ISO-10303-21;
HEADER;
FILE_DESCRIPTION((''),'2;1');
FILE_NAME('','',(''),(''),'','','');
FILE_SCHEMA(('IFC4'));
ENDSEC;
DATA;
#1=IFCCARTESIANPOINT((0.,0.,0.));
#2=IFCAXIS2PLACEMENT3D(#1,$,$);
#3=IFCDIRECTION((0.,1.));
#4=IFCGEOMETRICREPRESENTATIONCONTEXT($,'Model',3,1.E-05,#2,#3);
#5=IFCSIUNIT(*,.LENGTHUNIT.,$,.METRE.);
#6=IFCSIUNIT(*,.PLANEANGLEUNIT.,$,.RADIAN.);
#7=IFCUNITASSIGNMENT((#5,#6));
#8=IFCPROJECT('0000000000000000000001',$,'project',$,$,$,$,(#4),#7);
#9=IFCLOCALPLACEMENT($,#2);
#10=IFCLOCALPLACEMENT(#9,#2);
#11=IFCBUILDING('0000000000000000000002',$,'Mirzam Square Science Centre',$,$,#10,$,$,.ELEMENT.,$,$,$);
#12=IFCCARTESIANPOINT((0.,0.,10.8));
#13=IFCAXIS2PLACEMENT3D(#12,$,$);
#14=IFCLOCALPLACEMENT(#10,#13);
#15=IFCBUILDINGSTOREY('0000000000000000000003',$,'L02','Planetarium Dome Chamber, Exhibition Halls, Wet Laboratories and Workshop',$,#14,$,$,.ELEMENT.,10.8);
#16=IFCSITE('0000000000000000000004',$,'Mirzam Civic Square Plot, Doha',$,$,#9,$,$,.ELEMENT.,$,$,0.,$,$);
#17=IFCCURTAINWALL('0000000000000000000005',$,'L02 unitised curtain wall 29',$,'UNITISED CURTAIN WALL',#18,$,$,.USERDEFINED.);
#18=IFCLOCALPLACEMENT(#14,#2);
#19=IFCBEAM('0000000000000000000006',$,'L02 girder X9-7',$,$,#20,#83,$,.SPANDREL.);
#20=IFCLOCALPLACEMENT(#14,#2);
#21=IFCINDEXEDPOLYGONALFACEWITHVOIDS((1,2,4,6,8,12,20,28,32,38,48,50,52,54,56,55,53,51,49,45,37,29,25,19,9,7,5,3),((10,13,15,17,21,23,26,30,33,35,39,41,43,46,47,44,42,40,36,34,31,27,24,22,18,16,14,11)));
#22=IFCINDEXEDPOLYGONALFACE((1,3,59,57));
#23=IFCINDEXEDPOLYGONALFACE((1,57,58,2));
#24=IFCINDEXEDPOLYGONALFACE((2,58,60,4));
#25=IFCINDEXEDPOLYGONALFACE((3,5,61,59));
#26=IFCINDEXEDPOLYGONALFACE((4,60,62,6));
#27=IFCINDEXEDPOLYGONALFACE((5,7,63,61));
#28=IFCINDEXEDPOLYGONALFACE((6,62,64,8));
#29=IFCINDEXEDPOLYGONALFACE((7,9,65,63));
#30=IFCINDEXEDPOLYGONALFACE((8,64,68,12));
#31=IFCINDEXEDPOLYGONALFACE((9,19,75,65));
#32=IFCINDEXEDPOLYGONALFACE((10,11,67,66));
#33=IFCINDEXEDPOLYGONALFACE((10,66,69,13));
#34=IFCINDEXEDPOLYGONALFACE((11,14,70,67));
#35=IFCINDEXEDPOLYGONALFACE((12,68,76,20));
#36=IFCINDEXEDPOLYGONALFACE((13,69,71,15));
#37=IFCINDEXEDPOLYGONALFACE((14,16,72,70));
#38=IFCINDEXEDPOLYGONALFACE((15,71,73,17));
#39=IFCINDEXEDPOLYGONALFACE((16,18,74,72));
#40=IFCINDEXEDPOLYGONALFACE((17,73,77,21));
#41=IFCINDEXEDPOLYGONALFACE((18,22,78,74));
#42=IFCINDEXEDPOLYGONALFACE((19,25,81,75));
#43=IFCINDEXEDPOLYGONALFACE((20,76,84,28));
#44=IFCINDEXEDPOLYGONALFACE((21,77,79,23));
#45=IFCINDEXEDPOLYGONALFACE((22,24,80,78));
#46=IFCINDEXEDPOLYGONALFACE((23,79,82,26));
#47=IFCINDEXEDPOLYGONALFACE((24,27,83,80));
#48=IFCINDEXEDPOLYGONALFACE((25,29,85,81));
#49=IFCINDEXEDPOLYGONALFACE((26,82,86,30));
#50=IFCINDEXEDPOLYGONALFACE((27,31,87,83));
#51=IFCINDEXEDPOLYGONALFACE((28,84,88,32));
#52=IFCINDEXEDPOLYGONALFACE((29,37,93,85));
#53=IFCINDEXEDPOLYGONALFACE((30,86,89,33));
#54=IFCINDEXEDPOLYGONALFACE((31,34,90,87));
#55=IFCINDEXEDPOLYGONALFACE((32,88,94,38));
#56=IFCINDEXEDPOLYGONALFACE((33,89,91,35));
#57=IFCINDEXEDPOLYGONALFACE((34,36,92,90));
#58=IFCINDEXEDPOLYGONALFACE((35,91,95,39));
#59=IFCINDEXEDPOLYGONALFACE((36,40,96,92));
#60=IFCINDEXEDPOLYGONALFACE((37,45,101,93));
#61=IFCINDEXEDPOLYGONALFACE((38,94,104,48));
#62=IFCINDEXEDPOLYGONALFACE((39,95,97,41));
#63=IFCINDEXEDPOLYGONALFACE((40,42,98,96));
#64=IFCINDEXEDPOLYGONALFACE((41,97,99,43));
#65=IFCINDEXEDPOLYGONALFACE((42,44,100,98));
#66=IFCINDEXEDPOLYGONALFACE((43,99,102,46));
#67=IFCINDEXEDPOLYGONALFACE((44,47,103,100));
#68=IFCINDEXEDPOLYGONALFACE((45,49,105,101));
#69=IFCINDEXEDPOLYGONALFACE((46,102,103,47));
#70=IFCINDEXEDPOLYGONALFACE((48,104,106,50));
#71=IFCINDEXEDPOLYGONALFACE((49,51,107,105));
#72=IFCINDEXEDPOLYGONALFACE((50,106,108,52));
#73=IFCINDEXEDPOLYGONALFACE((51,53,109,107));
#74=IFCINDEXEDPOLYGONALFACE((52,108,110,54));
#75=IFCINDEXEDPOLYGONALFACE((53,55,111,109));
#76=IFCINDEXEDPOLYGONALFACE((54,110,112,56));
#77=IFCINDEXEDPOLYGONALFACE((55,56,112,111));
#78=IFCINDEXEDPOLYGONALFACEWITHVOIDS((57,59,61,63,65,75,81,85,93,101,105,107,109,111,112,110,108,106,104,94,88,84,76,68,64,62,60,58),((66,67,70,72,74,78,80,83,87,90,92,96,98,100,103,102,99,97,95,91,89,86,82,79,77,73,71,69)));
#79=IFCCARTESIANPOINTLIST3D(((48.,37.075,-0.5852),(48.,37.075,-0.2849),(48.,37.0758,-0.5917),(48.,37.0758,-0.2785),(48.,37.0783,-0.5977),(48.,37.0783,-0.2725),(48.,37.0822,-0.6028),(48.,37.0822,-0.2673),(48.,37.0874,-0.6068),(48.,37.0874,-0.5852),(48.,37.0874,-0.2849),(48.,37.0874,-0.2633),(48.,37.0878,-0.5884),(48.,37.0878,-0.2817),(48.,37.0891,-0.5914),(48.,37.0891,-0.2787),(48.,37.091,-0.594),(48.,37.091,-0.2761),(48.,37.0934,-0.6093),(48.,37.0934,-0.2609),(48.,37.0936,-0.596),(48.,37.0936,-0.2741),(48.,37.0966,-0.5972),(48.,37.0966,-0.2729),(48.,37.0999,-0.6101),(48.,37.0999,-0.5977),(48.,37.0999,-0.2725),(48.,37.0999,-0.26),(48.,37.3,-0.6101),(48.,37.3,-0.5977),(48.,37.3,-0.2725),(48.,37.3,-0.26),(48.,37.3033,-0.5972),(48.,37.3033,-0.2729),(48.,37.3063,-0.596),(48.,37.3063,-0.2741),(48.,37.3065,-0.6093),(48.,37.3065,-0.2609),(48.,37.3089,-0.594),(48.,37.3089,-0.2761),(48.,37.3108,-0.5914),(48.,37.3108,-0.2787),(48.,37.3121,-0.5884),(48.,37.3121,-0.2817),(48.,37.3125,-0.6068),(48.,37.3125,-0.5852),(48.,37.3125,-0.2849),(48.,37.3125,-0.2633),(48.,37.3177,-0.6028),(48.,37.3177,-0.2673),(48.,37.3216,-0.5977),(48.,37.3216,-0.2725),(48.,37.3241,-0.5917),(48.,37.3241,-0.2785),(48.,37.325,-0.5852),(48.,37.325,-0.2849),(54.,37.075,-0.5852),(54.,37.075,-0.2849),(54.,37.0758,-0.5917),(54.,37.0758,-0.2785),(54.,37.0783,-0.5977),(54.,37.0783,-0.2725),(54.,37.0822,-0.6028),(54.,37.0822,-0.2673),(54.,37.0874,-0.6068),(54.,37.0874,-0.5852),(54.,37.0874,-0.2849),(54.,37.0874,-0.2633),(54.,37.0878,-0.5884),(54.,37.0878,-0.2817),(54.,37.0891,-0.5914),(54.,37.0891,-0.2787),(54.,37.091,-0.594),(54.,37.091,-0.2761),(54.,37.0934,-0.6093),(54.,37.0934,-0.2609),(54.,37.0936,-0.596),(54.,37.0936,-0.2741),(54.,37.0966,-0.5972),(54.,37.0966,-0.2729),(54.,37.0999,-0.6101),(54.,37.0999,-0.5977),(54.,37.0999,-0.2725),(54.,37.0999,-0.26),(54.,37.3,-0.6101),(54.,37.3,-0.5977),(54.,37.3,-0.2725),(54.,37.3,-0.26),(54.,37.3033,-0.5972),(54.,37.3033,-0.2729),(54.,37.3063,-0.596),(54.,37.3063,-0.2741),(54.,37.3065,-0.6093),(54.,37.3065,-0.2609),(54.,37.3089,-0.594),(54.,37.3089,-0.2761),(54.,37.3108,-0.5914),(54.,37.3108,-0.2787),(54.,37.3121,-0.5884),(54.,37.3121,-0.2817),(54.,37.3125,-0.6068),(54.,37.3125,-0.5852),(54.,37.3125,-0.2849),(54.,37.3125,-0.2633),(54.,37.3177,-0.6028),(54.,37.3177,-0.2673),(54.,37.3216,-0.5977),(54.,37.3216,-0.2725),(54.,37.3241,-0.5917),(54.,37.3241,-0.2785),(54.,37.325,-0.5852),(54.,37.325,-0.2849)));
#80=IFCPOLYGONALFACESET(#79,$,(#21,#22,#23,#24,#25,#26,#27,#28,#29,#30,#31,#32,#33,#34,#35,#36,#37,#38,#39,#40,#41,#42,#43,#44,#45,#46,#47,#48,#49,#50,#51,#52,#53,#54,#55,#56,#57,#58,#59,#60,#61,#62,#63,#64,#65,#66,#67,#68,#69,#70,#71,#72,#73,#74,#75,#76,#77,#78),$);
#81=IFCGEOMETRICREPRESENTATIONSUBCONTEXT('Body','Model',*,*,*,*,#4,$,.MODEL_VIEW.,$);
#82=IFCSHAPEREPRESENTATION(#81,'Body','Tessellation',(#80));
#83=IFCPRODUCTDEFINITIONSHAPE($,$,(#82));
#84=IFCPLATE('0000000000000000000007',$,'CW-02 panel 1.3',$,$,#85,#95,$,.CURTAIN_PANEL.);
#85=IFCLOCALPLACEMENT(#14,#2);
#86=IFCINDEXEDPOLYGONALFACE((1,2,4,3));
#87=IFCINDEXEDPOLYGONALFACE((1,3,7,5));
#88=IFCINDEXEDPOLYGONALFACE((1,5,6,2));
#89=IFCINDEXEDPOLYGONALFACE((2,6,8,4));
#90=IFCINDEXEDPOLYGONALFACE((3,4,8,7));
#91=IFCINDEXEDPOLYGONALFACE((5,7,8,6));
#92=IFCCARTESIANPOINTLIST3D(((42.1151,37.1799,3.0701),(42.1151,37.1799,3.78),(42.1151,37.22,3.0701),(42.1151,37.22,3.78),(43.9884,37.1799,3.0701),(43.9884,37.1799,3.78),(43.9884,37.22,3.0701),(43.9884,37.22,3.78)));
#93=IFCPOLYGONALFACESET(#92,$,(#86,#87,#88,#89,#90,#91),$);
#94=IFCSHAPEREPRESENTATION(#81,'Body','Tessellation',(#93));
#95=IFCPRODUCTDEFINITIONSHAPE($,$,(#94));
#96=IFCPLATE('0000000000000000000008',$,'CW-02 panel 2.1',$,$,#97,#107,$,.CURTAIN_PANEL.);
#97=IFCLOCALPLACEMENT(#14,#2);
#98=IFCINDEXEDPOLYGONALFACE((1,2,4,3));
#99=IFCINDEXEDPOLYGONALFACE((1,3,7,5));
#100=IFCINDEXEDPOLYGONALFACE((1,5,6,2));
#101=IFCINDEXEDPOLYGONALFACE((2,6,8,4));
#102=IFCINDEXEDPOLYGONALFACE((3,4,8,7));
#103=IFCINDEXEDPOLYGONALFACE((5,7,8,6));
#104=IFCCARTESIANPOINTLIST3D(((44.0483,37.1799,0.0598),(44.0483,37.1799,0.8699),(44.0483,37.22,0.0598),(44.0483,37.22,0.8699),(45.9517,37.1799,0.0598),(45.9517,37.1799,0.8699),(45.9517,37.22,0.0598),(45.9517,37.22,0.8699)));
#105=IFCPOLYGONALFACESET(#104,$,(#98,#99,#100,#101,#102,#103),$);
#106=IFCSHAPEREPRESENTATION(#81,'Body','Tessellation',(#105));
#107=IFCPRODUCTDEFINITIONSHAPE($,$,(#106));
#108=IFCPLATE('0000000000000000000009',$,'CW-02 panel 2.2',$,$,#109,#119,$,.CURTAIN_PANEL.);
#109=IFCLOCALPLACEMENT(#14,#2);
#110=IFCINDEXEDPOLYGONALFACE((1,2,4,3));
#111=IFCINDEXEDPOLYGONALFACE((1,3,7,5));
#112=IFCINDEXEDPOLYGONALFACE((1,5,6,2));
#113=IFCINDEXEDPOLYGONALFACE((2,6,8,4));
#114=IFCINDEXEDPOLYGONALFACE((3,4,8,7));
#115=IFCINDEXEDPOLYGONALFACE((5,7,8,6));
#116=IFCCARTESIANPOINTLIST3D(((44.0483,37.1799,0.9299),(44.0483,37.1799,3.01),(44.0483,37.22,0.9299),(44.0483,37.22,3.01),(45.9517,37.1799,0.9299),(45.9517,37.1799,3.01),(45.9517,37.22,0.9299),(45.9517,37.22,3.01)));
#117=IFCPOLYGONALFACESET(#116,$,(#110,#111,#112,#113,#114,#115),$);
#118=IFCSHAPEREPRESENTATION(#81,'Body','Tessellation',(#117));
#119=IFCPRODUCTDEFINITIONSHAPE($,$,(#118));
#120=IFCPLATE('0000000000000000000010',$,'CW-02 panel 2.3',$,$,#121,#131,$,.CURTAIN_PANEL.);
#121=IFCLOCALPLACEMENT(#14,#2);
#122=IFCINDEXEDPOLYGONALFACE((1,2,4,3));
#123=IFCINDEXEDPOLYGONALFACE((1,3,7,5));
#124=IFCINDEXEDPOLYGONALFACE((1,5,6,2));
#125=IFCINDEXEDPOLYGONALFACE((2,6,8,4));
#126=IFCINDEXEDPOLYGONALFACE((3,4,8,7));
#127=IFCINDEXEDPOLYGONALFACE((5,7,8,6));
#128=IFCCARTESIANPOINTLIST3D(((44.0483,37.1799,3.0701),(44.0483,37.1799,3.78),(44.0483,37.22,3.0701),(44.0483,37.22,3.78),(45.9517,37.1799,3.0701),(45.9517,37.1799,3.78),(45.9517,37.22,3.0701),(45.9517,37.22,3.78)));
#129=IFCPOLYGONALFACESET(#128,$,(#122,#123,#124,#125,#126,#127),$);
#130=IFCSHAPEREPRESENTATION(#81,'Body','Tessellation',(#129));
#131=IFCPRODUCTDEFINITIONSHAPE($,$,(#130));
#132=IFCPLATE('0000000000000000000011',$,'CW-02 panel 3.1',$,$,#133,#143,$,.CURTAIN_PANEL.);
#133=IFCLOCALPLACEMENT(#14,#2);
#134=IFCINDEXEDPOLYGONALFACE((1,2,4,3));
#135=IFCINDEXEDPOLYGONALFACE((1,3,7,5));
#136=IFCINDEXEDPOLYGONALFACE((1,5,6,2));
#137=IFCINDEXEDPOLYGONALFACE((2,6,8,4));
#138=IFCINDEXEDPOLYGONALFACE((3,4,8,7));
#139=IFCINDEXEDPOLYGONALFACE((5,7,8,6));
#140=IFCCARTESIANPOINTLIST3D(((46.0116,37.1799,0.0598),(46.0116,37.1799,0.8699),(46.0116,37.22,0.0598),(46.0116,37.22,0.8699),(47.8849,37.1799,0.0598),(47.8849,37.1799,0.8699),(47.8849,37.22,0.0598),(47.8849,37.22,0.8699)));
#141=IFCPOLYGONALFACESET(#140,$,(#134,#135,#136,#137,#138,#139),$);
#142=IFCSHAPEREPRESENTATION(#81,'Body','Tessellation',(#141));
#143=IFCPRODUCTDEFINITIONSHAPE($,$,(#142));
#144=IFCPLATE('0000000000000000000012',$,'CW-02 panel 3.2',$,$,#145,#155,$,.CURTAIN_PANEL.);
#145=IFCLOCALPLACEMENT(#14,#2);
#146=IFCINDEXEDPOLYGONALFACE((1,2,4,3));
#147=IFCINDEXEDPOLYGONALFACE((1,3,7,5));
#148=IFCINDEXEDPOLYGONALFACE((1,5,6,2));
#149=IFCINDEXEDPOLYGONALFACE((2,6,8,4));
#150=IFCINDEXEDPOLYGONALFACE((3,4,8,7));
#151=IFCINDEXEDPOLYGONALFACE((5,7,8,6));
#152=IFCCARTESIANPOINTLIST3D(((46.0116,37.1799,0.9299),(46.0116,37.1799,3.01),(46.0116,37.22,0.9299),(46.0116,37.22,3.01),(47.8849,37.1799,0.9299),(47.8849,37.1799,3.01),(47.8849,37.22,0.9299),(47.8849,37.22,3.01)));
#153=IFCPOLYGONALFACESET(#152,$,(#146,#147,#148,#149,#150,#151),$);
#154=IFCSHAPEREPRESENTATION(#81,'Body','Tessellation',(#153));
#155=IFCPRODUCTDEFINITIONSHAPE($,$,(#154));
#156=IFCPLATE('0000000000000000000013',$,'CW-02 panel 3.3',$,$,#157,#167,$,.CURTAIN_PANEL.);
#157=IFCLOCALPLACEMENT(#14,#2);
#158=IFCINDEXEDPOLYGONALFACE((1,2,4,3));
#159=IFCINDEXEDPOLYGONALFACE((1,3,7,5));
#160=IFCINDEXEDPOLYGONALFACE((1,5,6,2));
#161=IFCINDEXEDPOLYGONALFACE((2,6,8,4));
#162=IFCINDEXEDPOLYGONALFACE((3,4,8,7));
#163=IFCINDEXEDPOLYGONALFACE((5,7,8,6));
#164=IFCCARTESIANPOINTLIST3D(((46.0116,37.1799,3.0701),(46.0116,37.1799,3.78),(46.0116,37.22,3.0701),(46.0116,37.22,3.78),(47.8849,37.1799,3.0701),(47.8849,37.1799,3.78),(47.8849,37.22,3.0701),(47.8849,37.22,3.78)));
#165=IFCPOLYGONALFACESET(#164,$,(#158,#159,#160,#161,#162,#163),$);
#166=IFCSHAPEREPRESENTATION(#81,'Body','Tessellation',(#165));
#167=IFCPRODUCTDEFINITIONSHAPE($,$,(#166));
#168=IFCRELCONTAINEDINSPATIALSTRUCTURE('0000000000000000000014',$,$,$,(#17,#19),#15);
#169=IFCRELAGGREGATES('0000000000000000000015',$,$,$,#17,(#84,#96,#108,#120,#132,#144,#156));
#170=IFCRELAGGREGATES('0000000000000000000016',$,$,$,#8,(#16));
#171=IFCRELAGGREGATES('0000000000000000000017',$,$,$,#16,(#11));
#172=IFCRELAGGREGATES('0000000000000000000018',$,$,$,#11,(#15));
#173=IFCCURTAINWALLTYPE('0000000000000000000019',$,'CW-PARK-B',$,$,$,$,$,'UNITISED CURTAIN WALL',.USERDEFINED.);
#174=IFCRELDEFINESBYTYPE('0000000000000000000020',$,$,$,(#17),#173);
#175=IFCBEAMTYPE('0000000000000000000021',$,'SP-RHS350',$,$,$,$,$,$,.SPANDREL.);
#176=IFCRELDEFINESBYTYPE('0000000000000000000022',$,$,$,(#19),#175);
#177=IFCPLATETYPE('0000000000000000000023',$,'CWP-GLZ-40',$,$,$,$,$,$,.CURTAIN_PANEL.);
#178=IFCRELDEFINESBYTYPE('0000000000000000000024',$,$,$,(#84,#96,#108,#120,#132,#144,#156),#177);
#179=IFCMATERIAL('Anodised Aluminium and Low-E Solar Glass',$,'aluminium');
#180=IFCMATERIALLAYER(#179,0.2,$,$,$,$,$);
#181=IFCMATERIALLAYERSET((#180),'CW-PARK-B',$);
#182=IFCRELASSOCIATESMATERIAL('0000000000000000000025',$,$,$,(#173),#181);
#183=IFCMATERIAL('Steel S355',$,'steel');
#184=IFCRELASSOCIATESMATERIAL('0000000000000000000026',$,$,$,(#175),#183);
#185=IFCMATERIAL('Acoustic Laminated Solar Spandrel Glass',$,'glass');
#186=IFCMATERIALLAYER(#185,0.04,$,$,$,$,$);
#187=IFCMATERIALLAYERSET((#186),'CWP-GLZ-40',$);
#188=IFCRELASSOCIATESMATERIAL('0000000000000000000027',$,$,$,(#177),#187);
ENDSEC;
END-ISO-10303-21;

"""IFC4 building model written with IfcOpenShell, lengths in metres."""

from ifc_helpers import new_model, si_unit, direction, frame, origin, origin_2d, place, context, subcontext, project, spatial, rectangle, hollow_rectangle, extrude, material, layer, layer_set, material_profile, profile_set, type_object, element, aggregate, save


model = new_model("IFC4")

# Units and contexts
model_context = context("Model", 3, precision=1e-05, world=origin(), true_north=direction((0.0, 1.0)))
body_context = subcontext(model_context, "Body", "Model", "MODEL_VIEW")
ifc_project = project(units=[si_unit("LENGTHUNIT", "METRE"), si_unit("PLANEANGLEUNIT", "RADIAN")], contexts=[model_context])

# Site, building, storey
site_placement = place(None, origin())
site = spatial("IfcSite", under=ifc_project, at=site_placement, Name="Mirzam Civic Square Plot, Doha", CompositionType="ELEMENT", RefElevation=0.0)
building_placement = place(site_placement, origin())
building = spatial("IfcBuilding", under=site, at=building_placement, Name="Mirzam Square Science Centre", CompositionType="ELEMENT")
storey_placement = place(building_placement, frame((0.0, 0.0, 10.8)))
storey = spatial("IfcBuildingStorey", under=building, at=storey_placement, Name="L02", Description="Planetarium Dome Chamber, Exhibition Halls, Wet Laboratories and Workshop", CompositionType="ELEMENT", Elevation=10.8)

# Shared definitions
ifc_material_1 = material(Name="Steel S355", Category="steel")

# Curtain wall
ifc_material_2 = material(Name="Anodised Aluminium and Low-E Solar Glass", Category="aluminium")
ifc_layer_1 = layer(ifc_material_2, 0.2)
ifc_layer_set_1 = layer_set([ifc_layer_1], Name="CW-PARK-B")
curtain_wall_type = type_object("IfcCurtainWallType", Name="CW-PARK-B", ElementType="UNITISED CURTAIN WALL", PredefinedType="USERDEFINED", material=ifc_layer_set_1)
curtain_wall_placement = place(storey_placement, origin())
curtain_wall = element("IfcCurtainWall", 1, at=curtain_wall_placement, inside=storey, type_object=curtain_wall_type, Name="L02 unitised curtain wall 29", ObjectType="UNITISED CURTAIN WALL", PredefinedType="USERDEFINED")

# Beam
ifc_material_profile_1 = material_profile(ifc_material_1, hollow_rectangle(XDim=0.25, YDim=0.3501, WallThickness=0.0125, InnerFilletRadius=0.0125, OuterFilletRadius=0.0249, at=origin_2d()), Name="350x250x12.5RHS")
ifc_profile_set_1 = profile_set([ifc_material_profile_1], Name="Steel S355")
beam_type_1 = type_object("IfcBeamType", Name="SP-RHS350", PredefinedType="SPANDREL", material=ifc_profile_set_1)
beam_1_placement = place(storey_placement, frame((48.0, 37.2, -0.4351), z_axis=(1.0, 0.0, 0.0), x_axis=(0.0, 1.0, 0.0)))
element("IfcBeam", 2, at=beam_1_placement, inside=storey, type_object=beam_type_1, Name="L02 girder X9-7", PredefinedType="SPANDREL", context=body_context, shape_type="SweptSolid", body=[
    extrude(hollow_rectangle(XDim=0.25, YDim=0.3501, WallThickness=0.0125, InnerFilletRadius=0.0125, OuterFilletRadius=0.0249, at=origin_2d()), origin(), (0.0, 0.0, 1.0), 6.0),
])

# Plates
ifc_material_3 = material(Name="Acoustic Laminated Solar Spandrel Glass", Category="glass")
ifc_layer_2 = layer(ifc_material_3, 0.04)
ifc_layer_set_2 = layer_set([ifc_layer_2], Name="CWP-GLZ-40")
plate_type = type_object("IfcPlateType", Name="CWP-GLZ-40", PredefinedType="CURTAIN_PANEL", material=ifc_layer_set_2)
plate_1_placement = place(storey_placement, frame((43.0518, 37.2, 3.0701), z_axis=(0.0, 0.0, 1.0), x_axis=(1.0, 0.0, 0.0)))
plate_1 = element("IfcPlate", 3, at=plate_1_placement, type_object=plate_type, Name="CW-02 panel 1.3", PredefinedType="CURTAIN_PANEL", context=body_context, shape_type="SweptSolid", body=[
    extrude(rectangle(XDim=1.8733, YDim=0.04, at=origin_2d()), origin(), (0.0, 0.0, 1.0), 0.71),
])
plate_2_placement = place(storey_placement, frame((45.0, 37.2, 0.0598), z_axis=(0.0, 0.0, 1.0), x_axis=(1.0, 0.0, 0.0)))
plate_2 = element("IfcPlate", 4, at=plate_2_placement, type_object=plate_type, Name="CW-02 panel 2.1", PredefinedType="CURTAIN_PANEL", context=body_context, shape_type="SweptSolid", body=[
    extrude(rectangle(XDim=1.9033, YDim=0.04, at=origin_2d()), origin(), (0.0, 0.0, 1.0), 0.8101),
])
plate_3_placement = place(storey_placement, frame((45.0, 37.2, 0.9299), z_axis=(0.0, 0.0, 1.0), x_axis=(1.0, 0.0, 0.0)))
plate_3 = element("IfcPlate", 5, at=plate_3_placement, type_object=plate_type, Name="CW-02 panel 2.2", PredefinedType="CURTAIN_PANEL", context=body_context, shape_type="SweptSolid", body=[
    extrude(rectangle(XDim=1.9033, YDim=0.04, at=origin_2d()), origin(), (0.0, 0.0, 1.0), 2.0801),
])
plate_4_placement = place(storey_placement, frame((45.0, 37.2, 3.0701), z_axis=(0.0, 0.0, 1.0), x_axis=(1.0, 0.0, 0.0)))
plate_4 = element("IfcPlate", 6, at=plate_4_placement, type_object=plate_type, Name="CW-02 panel 2.3", PredefinedType="CURTAIN_PANEL", context=body_context, shape_type="SweptSolid", body=[
    extrude(rectangle(XDim=1.9033, YDim=0.04, at=origin_2d()), origin(), (0.0, 0.0, 1.0), 0.71),
])
plate_5_placement = place(storey_placement, frame((46.9482, 37.2, 0.0598), z_axis=(0.0, 0.0, 1.0), x_axis=(1.0, 0.0, 0.0)))
plate_5 = element("IfcPlate", 7, at=plate_5_placement, type_object=plate_type, Name="CW-02 panel 3.1", PredefinedType="CURTAIN_PANEL", context=body_context, shape_type="SweptSolid", body=[
    extrude(rectangle(XDim=1.8733, YDim=0.04, at=origin_2d()), origin(), (0.0, 0.0, 1.0), 0.8101),
])
plate_6_placement = place(storey_placement, frame((46.9482, 37.2, 0.9299), z_axis=(0.0, 0.0, 1.0), x_axis=(1.0, 0.0, 0.0)))
plate_6 = element("IfcPlate", 8, at=plate_6_placement, type_object=plate_type, Name="CW-02 panel 3.2", PredefinedType="CURTAIN_PANEL", context=body_context, shape_type="SweptSolid", body=[
    extrude(rectangle(XDim=1.8733, YDim=0.04, at=origin_2d()), origin(), (0.0, 0.0, 1.0), 2.0801),
])
plate_7_placement = place(storey_placement, frame((46.9482, 37.2, 3.0701), z_axis=(0.0, 0.0, 1.0), x_axis=(1.0, 0.0, 0.0)))
plate_7 = element("IfcPlate", 9, at=plate_7_placement, type_object=plate_type, Name="CW-02 panel 3.3", PredefinedType="CURTAIN_PANEL", context=body_context, shape_type="SweptSolid", body=[
    extrude(rectangle(XDim=1.8733, YDim=0.04, at=origin_2d()), origin(), (0.0, 0.0, 1.0), 0.71),
])
aggregate(curtain_wall, [plate_1, plate_2, plate_3, plate_4, plate_5, plate_6, plate_7])

save(model, "model.ifc")
